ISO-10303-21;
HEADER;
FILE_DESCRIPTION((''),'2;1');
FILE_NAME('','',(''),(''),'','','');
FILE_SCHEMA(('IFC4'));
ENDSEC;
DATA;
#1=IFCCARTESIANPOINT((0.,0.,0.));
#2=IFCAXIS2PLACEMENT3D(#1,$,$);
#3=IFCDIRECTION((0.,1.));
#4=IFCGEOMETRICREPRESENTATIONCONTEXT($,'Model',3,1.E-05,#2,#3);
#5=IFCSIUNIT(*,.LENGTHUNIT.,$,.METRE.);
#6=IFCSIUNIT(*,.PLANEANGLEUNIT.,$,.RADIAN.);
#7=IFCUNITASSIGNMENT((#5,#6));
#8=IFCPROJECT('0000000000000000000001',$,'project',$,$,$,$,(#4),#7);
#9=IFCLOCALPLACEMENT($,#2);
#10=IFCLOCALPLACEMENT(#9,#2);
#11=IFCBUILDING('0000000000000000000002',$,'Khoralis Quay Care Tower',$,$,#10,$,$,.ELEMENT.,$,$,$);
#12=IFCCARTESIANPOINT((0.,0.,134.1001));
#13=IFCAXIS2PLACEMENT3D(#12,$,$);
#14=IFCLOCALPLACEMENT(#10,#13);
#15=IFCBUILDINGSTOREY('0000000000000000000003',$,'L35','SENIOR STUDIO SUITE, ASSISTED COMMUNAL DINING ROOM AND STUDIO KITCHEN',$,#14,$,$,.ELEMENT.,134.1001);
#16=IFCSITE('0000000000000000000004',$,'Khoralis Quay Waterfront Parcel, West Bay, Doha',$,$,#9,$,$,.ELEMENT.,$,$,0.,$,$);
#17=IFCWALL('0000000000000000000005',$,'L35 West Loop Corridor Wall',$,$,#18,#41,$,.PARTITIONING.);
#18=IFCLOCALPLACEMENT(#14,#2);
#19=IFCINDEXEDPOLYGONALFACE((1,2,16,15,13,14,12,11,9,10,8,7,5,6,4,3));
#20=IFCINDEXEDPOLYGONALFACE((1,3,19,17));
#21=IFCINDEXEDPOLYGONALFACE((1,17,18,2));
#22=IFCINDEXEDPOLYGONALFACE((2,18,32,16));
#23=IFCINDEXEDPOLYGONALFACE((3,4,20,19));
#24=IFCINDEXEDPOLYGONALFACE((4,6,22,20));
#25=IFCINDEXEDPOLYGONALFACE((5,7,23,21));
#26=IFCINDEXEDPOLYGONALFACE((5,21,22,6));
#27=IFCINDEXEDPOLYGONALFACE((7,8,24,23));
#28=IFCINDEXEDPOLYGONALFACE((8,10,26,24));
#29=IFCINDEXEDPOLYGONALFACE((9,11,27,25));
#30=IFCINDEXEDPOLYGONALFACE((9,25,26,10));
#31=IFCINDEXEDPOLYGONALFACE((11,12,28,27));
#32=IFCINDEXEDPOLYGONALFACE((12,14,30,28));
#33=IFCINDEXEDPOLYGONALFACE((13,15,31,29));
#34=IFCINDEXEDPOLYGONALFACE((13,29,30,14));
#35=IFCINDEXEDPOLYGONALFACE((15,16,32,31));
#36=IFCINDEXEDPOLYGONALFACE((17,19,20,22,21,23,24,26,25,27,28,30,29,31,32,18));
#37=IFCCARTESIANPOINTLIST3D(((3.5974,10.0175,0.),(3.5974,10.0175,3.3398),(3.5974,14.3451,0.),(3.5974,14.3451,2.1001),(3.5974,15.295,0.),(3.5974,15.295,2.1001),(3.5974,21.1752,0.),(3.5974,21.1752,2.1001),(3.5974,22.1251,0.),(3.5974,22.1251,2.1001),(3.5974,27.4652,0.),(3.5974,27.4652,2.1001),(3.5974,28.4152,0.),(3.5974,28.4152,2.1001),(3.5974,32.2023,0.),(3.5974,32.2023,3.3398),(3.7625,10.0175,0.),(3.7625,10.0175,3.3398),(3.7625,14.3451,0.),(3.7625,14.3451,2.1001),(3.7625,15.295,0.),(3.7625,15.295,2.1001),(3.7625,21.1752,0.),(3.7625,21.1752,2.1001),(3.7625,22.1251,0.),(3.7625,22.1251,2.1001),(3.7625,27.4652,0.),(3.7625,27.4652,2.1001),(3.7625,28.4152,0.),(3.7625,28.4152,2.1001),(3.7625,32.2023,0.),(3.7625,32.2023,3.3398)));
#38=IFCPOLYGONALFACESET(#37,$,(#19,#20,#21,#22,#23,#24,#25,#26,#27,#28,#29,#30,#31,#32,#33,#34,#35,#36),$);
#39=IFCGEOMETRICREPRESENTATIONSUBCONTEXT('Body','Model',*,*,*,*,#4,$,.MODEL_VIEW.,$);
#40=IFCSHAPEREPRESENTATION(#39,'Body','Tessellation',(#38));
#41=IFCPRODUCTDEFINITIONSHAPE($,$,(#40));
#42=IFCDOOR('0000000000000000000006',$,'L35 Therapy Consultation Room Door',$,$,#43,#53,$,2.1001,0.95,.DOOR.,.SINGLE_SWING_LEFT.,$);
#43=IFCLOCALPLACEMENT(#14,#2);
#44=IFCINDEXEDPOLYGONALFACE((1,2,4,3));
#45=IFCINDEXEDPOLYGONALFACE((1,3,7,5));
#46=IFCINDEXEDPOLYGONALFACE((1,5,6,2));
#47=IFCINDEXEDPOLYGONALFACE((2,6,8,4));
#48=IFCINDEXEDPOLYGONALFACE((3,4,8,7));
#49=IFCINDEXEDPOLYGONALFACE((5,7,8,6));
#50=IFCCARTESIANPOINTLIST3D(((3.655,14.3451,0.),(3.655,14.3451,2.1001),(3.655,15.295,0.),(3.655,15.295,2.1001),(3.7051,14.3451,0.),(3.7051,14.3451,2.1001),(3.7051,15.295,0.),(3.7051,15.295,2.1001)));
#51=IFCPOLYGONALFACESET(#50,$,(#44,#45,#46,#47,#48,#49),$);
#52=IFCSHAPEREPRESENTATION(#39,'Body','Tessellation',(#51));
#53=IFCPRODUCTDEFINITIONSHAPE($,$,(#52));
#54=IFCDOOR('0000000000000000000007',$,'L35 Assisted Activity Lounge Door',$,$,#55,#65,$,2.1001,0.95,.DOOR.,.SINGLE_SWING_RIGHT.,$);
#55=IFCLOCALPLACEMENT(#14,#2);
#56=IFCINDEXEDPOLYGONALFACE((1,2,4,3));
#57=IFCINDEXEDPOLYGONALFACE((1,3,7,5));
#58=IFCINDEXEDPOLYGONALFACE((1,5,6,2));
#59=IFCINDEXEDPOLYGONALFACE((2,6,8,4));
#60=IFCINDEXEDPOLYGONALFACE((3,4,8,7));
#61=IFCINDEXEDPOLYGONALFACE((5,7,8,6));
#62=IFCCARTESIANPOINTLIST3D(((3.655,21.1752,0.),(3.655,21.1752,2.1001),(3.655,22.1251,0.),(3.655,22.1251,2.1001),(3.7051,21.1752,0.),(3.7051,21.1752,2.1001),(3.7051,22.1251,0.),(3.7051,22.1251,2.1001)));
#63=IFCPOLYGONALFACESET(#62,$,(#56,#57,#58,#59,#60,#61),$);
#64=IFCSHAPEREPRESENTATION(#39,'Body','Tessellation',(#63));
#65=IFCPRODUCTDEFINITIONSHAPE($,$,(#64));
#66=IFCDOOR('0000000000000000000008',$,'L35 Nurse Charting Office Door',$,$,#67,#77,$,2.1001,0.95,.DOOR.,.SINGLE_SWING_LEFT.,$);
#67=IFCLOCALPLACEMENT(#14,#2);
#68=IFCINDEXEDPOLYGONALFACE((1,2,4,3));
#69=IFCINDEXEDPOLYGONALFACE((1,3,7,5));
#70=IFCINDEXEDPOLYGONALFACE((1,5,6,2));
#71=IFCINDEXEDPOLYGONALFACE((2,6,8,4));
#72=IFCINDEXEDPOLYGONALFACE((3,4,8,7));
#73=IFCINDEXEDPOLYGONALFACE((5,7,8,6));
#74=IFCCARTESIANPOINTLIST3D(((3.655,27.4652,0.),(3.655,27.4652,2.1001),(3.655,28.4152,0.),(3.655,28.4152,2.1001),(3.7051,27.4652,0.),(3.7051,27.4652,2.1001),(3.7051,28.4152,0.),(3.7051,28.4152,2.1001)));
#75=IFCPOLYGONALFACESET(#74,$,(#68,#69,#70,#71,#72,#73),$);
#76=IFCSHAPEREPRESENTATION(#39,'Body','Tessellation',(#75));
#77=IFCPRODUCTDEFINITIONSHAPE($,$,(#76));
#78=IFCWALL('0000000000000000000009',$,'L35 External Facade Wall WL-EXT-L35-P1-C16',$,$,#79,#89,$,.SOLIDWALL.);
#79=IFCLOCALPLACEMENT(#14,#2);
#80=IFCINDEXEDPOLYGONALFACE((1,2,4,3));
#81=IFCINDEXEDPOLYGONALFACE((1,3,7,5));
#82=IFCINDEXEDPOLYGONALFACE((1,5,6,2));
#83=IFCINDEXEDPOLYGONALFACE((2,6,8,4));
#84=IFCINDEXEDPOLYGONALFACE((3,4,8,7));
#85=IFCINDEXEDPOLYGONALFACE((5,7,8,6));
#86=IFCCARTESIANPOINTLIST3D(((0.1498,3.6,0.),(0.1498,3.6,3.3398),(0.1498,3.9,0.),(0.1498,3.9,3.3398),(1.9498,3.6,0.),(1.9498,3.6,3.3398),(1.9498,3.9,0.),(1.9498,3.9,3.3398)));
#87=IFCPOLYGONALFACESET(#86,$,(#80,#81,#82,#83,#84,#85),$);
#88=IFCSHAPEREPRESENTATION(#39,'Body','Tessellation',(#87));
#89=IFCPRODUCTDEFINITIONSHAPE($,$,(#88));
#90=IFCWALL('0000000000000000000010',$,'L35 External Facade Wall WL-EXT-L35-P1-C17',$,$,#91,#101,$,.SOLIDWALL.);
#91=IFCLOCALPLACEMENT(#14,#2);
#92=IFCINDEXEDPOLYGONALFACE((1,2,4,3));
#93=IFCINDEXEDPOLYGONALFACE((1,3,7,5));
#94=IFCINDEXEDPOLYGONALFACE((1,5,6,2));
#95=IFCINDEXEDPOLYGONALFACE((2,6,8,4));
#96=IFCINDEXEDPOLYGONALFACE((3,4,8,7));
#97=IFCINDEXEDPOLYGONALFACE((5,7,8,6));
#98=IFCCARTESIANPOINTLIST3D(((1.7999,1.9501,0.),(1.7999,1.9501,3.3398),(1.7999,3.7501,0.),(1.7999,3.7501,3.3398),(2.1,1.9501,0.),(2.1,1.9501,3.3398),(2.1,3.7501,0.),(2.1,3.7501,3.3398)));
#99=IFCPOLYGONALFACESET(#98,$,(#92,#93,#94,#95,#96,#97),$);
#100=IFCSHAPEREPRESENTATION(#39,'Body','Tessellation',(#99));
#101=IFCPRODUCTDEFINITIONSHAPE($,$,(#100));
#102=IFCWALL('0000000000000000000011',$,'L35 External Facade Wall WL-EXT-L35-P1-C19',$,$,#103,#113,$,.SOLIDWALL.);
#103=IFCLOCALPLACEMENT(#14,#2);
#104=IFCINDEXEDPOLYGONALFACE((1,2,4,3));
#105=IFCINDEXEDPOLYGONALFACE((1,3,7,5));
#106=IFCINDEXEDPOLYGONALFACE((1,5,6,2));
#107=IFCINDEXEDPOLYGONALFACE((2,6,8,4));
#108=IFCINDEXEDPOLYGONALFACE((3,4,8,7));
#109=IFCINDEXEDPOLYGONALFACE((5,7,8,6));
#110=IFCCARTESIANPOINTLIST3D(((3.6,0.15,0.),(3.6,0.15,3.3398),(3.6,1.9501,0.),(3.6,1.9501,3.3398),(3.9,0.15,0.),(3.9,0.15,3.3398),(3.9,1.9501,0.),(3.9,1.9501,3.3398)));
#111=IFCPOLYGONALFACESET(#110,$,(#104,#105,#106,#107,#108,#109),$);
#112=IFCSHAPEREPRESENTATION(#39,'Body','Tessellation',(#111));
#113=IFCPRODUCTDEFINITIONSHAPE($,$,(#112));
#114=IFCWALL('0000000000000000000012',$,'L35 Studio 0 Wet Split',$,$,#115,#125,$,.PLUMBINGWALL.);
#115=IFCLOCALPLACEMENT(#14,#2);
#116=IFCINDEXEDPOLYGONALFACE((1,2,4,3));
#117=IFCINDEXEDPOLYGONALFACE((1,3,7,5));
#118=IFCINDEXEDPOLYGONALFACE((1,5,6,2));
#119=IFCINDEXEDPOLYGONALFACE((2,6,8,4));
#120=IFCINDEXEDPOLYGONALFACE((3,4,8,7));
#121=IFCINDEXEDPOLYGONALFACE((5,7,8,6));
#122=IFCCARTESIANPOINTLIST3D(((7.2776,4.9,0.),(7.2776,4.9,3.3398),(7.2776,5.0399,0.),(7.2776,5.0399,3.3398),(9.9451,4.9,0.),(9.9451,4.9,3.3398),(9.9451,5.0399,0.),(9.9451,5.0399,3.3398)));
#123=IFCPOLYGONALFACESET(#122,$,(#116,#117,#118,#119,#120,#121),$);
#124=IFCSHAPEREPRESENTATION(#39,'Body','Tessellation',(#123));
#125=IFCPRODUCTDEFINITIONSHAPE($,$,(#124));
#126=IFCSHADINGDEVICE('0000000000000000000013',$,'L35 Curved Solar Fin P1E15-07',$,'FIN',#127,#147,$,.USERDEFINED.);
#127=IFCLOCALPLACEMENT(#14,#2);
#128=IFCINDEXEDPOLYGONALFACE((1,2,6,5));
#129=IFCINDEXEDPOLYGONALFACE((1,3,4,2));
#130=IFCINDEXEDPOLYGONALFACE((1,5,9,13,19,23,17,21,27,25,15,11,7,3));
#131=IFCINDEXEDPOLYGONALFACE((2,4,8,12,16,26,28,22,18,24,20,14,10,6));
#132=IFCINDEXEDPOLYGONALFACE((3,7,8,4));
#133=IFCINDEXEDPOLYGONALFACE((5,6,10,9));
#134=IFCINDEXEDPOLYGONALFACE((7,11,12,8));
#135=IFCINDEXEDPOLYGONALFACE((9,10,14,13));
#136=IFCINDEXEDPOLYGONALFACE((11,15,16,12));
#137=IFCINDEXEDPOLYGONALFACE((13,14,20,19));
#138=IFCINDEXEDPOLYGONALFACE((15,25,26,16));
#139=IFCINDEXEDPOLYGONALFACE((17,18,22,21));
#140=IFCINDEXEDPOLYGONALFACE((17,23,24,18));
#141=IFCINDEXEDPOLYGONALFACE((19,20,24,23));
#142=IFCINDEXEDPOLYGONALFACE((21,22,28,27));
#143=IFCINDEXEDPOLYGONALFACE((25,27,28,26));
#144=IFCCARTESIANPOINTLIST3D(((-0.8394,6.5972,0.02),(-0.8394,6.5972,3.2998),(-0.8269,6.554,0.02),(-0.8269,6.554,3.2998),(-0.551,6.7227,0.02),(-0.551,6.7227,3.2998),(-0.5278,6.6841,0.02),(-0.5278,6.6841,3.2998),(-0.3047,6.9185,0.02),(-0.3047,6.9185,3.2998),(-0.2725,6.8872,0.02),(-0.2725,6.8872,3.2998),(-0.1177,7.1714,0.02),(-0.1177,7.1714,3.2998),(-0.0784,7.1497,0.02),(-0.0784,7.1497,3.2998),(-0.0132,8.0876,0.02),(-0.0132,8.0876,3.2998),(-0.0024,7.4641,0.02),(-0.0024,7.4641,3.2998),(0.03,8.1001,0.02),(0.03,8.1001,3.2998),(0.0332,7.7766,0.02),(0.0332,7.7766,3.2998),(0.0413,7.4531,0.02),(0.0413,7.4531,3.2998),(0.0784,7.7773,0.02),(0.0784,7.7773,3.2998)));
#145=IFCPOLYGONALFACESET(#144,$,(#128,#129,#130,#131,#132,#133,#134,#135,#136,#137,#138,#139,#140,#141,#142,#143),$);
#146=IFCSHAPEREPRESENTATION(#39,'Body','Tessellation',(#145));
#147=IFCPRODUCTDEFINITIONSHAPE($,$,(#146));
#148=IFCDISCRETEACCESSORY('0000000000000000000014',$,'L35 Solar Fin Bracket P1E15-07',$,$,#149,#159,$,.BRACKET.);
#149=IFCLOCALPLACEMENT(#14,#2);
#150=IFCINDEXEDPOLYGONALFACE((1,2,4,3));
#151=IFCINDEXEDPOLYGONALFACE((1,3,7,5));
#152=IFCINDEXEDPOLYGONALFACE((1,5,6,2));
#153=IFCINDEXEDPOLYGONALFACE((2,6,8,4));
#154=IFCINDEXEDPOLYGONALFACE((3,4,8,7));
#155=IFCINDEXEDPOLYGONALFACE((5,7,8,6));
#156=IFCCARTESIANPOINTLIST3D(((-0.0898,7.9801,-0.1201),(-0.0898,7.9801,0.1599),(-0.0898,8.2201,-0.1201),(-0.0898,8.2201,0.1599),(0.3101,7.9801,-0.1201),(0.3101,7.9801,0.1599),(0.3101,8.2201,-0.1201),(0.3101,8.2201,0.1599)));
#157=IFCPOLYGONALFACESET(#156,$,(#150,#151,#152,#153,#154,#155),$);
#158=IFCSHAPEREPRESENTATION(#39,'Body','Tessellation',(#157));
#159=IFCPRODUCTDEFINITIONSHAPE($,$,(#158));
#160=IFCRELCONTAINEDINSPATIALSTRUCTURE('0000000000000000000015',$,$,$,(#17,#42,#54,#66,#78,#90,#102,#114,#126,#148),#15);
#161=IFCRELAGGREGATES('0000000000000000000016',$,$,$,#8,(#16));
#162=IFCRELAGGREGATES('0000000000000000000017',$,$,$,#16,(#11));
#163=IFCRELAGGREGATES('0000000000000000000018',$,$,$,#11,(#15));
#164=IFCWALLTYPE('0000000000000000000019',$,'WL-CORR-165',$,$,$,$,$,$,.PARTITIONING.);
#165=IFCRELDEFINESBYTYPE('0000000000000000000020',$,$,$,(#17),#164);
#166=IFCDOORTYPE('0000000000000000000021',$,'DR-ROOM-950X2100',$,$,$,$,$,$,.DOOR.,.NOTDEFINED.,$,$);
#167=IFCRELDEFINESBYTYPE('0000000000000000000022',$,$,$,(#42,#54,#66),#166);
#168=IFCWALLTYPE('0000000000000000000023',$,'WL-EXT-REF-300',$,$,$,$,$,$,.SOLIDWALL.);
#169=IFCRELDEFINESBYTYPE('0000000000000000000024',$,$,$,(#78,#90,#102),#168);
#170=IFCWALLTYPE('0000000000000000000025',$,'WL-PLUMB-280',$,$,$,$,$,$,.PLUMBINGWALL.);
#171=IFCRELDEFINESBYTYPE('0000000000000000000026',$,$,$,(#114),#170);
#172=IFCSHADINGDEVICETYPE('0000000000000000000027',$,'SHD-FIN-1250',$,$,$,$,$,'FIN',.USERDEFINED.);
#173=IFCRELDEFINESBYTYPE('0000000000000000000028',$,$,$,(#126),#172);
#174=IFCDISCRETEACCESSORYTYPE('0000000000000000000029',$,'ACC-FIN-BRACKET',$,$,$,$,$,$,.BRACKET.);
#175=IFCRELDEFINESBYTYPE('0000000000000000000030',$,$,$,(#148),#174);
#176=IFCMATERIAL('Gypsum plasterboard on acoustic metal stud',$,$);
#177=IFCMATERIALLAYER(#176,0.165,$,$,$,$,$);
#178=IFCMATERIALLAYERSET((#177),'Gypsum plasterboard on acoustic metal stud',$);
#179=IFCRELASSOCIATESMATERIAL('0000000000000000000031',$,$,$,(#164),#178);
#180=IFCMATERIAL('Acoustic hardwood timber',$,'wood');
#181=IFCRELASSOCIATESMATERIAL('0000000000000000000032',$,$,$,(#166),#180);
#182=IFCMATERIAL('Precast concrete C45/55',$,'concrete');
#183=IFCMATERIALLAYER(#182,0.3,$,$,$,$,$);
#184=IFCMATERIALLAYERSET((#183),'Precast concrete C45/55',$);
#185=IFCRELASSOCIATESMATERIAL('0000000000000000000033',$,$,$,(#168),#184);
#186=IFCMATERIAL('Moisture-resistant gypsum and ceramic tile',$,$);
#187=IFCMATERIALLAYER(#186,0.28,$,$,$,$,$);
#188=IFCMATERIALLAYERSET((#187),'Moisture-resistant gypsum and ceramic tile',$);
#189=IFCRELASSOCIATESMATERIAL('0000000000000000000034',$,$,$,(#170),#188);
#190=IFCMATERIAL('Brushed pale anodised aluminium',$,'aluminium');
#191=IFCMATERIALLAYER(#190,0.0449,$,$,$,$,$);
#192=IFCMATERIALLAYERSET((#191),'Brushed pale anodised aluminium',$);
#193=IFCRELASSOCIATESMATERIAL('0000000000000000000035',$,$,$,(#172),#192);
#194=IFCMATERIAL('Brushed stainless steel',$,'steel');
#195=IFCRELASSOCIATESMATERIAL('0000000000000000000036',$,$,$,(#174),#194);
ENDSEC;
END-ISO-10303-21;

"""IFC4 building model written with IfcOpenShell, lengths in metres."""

from ifc_helpers import new_model, si_unit, direction, frame, frame_2d, origin, origin_2d, place, context, subcontext, project, spatial, polyline, rectangle, outline, extrude, source, transform, mapped, material, layer, layer_set, type_object, element, fill, save


model = new_model("IFC4")

# Units and contexts
model_context = context("Model", 3, precision=1e-05, world=origin(), true_north=direction((0.0, 1.0)))
body_context = subcontext(model_context, "Body", "Model", "MODEL_VIEW")
ifc_project = project(units=[si_unit("LENGTHUNIT", "METRE"), si_unit("PLANEANGLEUNIT", "RADIAN")], contexts=[model_context])

# Site, building, storey
site_placement = place(None, origin())
site = spatial("IfcSite", under=ifc_project, at=site_placement, Name="Khoralis Quay Waterfront Parcel, West Bay, Doha", CompositionType="ELEMENT", RefElevation=0.0)
building_placement = place(site_placement, origin())
building = spatial("IfcBuilding", under=site, at=building_placement, Name="Khoralis Quay Care Tower", CompositionType="ELEMENT")
storey_placement = place(building_placement, frame((0.0, 0.0, 134.1001)))
storey = spatial("IfcBuildingStorey", under=building, at=storey_placement, Name="L35", Description="SENIOR STUDIO SUITE, ASSISTED COMMUNAL DINING ROOM AND STUDIO KITCHEN", CompositionType="ELEMENT", Elevation=134.1001)

# Wall, openings, doors
ifc_material_1 = material(Name="Gypsum plasterboard on acoustic metal stud")
ifc_layer_1 = layer(ifc_material_1, 0.165)
ifc_layer_set_1 = layer_set([ifc_layer_1], Name="Gypsum plasterboard on acoustic metal stud")
wall_type_1 = type_object("IfcWallType", Name="WL-CORR-165", PredefinedType="PARTITIONING", material=ifc_layer_set_1)
ifc_material_2 = material(Name="Acoustic hardwood timber", Category="wood")
door_type_1 = type_object("IfcDoorType", Name="DR-ROOM-950X2100", OperationType="NOTDEFINED", PredefinedType="DOOR", material=ifc_material_2)
shared_shape_1 = source(origin(), body_context, "Body", "SweptSolid", [
    extrude(rectangle(XDim=0.95, YDim=2.1001, at=frame_2d((0.4751, 1.05))), frame((0.0, 0.0249, 0.0), z_axis=(0.0, -1.0, 0.0), x_axis=(1.0, 0.0, 0.0)), (0.0, 0.0, 1.0), 0.05),
])
wall_1_placement = place(storey_placement, frame((3.6799, 10.0176, 0.0), z_axis=(0.0, 0.0, 1.0), x_axis=(0.0, 1.0, 0.0)))
wall_1 = element("IfcWall", 1, at=wall_1_placement, inside=storey, type_object=wall_type_1, Name="L35 West Loop Corridor Wall", PredefinedType="PARTITIONING", context=body_context, shape_type="SweptSolid", body=[
    extrude(rectangle(XDim=22.1848, YDim=0.165, at=frame_2d((11.0923, 0.0))), origin(), (0.0, 0.0, 1.0), 3.3398),
])
opening_1_placement = place(wall_1_placement, frame((4.3274, 0.0, 0.0)))
opening_1 = element("IfcOpeningElement", 2, at=opening_1_placement, cuts=wall_1, PredefinedType="OPENING", context=body_context, shape_type="SweptSolid", body=[
    extrude(rectangle(XDim=0.95, YDim=2.1001, at=frame_2d((0.4751, 1.05))), frame((0.0, 0.0925, 0.0), z_axis=(0.0, -1.0, 0.0), x_axis=(1.0, 0.0, 0.0)), (0.0, 0.0, 1.0), 0.1851),
])
opening_2_placement = place(wall_1_placement, frame((11.1575, 0.0, 0.0)))
opening_2 = element("IfcOpeningElement", 3, at=opening_2_placement, cuts=wall_1, PredefinedType="OPENING", context=body_context, shape_type="SweptSolid", body=[
    extrude(rectangle(XDim=0.95, YDim=2.1001, at=frame_2d((0.4751, 1.05))), frame((0.0, 0.0925, 0.0), z_axis=(0.0, -1.0, 0.0), x_axis=(1.0, 0.0, 0.0)), (0.0, 0.0, 1.0), 0.1851),
])
opening_3_placement = place(wall_1_placement, frame((17.4475, 0.0, 0.0)))
opening_3 = element("IfcOpeningElement", 4, at=opening_3_placement, cuts=wall_1, PredefinedType="OPENING", context=body_context, shape_type="SweptSolid", body=[
    extrude(rectangle(XDim=0.95, YDim=2.1001, at=frame_2d((0.4751, 1.05))), frame((0.0, 0.0925, 0.0), z_axis=(0.0, -1.0, 0.0), x_axis=(1.0, 0.0, 0.0)), (0.0, 0.0, 1.0), 0.1851),
])
door_1_placement = place(opening_1_placement, origin())
door_1 = element("IfcDoor", 5, at=door_1_placement, inside=storey, type_object=door_type_1, Name="L35 Therapy Consultation Room Door", OperationType="SINGLE_SWING_LEFT", OverallHeight=2.1001, OverallWidth=0.95, PredefinedType="DOOR", context=body_context, shape_type="MappedRepresentation", body=[
    mapped(shared_shape_1, transform((0.0, 0.0, 0.0), scale=1.0)),
])
fill(opening_1, door_1)
door_2_placement = place(opening_2_placement, origin())
door_2 = element("IfcDoor", 6, at=door_2_placement, inside=storey, type_object=door_type_1, Name="L35 Assisted Activity Lounge Door", OperationType="SINGLE_SWING_RIGHT", OverallHeight=2.1001, OverallWidth=0.95, PredefinedType="DOOR", context=body_context, shape_type="MappedRepresentation", body=[
    mapped(shared_shape_1, transform((0.0, 0.0, 0.0), scale=1.0)),
])
fill(opening_2, door_2)
door_3_placement = place(opening_3_placement, origin())
door_3 = element("IfcDoor", 7, at=door_3_placement, inside=storey, type_object=door_type_1, Name="L35 Nurse Charting Office Door", OperationType="SINGLE_SWING_LEFT", OverallHeight=2.1001, OverallWidth=0.95, PredefinedType="DOOR", context=body_context, shape_type="MappedRepresentation", body=[
    mapped(shared_shape_1, transform((0.0, 0.0, 0.0), scale=1.0)),
])
fill(opening_3, door_3)

# Walls
ifc_material_3 = material(Name="Precast concrete C45/55", Category="concrete")
ifc_layer_2 = layer(ifc_material_3, 0.3)
ifc_layer_set_2 = layer_set([ifc_layer_2], Name="Precast concrete C45/55")
wall_type_2 = type_object("IfcWallType", Name="WL-EXT-REF-300", PredefinedType="SOLIDWALL", material=ifc_layer_set_2)
for number, where, z_axis, x_axis, name in (
    (8, (0.1499, 3.75, 0.0), (0.0, 0.0, 1.0), (1.0, 0.0, 0.0), "L35 External Facade Wall WL-EXT-L35-P1-C16"),
    (9, (1.95, 3.75, 0.0), (0.0, 0.0, 1.0), (0.0, -1.0, 0.0), "L35 External Facade Wall WL-EXT-L35-P1-C17"),
    (10, (3.75, 1.95, 0.0), (0.0, 0.0, 1.0), (0.0, -1.0, 0.0), "L35 External Facade Wall WL-EXT-L35-P1-C19"),
):
    element("IfcWall", number, at=place(storey_placement, frame(where, z_axis=z_axis, x_axis=x_axis)), inside=storey, type_object=wall_type_2, Name=name, PredefinedType="SOLIDWALL", context=body_context, shape_type="SweptSolid", body=[
        extrude(rectangle(XDim=1.8, YDim=0.3, at=frame_2d((0.8999, 0.0))), origin(), (0.0, 0.0, 1.0), 3.3398),
    ])
ifc_material_4 = material(Name="Moisture-resistant gypsum and ceramic tile")
ifc_layer_3 = layer(ifc_material_4, 0.28)
ifc_layer_set_3 = layer_set([ifc_layer_3], Name="Moisture-resistant gypsum and ceramic tile")
wall_type_3 = type_object("IfcWallType", Name="WL-PLUMB-280", PredefinedType="PLUMBINGWALL", material=ifc_layer_set_3)
wall_2_placement = place(storey_placement, frame((7.2776, 4.97, 0.0), z_axis=(0.0, 0.0, 1.0), x_axis=(1.0, 0.0, 0.0)))
element("IfcWall", 11, at=wall_2_placement, inside=storey, type_object=wall_type_3, Name="L35 Studio 0 Wet Split", PredefinedType="PLUMBINGWALL", context=body_context, shape_type="SweptSolid", body=[
    extrude(rectangle(XDim=2.6675, YDim=0.1399, at=frame_2d((1.3337, 0.0))), origin(), (0.0, 0.0, 1.0), 3.3398),
])

# Shading device
ifc_material_5 = material(Name="Brushed pale anodised aluminium", Category="aluminium")
ifc_layer_4 = layer(ifc_material_5, 0.0449)
ifc_layer_set_4 = layer_set([ifc_layer_4], Name="Brushed pale anodised aluminium")
shading_device_type = type_object("IfcShadingDeviceType", Name="SHD-FIN-1250", ElementType="FIN", PredefinedType="USERDEFINED", material=ifc_layer_set_4)
shared_shape_2 = source(origin(), body_context, "Body", "SweptSolid", [
    extrude(outline(polyline([(0.0, 0.0), (-0.0483, 0.3228), (-0.0112, 0.647), (0.1084, 0.9504), (0.3025, 1.2129), (0.5579, 1.416), (0.8569, 1.5461), (0.8694, 1.5029), (0.5811, 1.3774), (0.3347, 1.1816), (0.1477, 0.9287), (0.0325, 0.636), (-0.0032, 0.3235), (0.0432, 0.0125), (0.0, 0.0)])), origin(), (0.0, 0.0, 1.0), 3.2798),
])
shading_device_placement = place(storey_placement, frame((0.03, 8.1001, 0.02), z_axis=(0.0, 0.0, 1.0), x_axis=(-1.0, 0.0, 0.0)))
element("IfcShadingDevice", 12, at=shading_device_placement, inside=storey, type_object=shading_device_type, Name="L35 Curved Solar Fin P1E15-07", ObjectType="FIN", PredefinedType="USERDEFINED", context=body_context, shape_type="MappedRepresentation", body=[
    mapped(shared_shape_2, transform((0.0, 0.0, 0.0), scale=1.0)),
])

# Discrete accessory
ifc_material_6 = material(Name="Brushed stainless steel", Category="steel")
discrete_accessory_type = type_object("IfcDiscreteAccessoryType", Name="ACC-FIN-BRACKET", PredefinedType="BRACKET", material=ifc_material_6)
shared_shape_3 = source(origin(), body_context, "Body", "SweptSolid", [
    extrude(rectangle(XDim=0.3999, YDim=0.24, at=origin_2d()), origin(), (0.0, 0.0, 1.0), 0.28),
])
discrete_accessory_placement = place(storey_placement, frame((0.1101, 8.1001, -0.1201), z_axis=(0.0, 0.0, 1.0), x_axis=(-1.0, 0.0, 0.0)))
element("IfcDiscreteAccessory", 13, at=discrete_accessory_placement, inside=storey, type_object=discrete_accessory_type, Name="L35 Solar Fin Bracket P1E15-07", PredefinedType="BRACKET", context=body_context, shape_type="MappedRepresentation", body=[
    mapped(shared_shape_3, transform((0.0, 0.0, 0.0), scale=1.0)),
])

save(model, "model.ifc")
